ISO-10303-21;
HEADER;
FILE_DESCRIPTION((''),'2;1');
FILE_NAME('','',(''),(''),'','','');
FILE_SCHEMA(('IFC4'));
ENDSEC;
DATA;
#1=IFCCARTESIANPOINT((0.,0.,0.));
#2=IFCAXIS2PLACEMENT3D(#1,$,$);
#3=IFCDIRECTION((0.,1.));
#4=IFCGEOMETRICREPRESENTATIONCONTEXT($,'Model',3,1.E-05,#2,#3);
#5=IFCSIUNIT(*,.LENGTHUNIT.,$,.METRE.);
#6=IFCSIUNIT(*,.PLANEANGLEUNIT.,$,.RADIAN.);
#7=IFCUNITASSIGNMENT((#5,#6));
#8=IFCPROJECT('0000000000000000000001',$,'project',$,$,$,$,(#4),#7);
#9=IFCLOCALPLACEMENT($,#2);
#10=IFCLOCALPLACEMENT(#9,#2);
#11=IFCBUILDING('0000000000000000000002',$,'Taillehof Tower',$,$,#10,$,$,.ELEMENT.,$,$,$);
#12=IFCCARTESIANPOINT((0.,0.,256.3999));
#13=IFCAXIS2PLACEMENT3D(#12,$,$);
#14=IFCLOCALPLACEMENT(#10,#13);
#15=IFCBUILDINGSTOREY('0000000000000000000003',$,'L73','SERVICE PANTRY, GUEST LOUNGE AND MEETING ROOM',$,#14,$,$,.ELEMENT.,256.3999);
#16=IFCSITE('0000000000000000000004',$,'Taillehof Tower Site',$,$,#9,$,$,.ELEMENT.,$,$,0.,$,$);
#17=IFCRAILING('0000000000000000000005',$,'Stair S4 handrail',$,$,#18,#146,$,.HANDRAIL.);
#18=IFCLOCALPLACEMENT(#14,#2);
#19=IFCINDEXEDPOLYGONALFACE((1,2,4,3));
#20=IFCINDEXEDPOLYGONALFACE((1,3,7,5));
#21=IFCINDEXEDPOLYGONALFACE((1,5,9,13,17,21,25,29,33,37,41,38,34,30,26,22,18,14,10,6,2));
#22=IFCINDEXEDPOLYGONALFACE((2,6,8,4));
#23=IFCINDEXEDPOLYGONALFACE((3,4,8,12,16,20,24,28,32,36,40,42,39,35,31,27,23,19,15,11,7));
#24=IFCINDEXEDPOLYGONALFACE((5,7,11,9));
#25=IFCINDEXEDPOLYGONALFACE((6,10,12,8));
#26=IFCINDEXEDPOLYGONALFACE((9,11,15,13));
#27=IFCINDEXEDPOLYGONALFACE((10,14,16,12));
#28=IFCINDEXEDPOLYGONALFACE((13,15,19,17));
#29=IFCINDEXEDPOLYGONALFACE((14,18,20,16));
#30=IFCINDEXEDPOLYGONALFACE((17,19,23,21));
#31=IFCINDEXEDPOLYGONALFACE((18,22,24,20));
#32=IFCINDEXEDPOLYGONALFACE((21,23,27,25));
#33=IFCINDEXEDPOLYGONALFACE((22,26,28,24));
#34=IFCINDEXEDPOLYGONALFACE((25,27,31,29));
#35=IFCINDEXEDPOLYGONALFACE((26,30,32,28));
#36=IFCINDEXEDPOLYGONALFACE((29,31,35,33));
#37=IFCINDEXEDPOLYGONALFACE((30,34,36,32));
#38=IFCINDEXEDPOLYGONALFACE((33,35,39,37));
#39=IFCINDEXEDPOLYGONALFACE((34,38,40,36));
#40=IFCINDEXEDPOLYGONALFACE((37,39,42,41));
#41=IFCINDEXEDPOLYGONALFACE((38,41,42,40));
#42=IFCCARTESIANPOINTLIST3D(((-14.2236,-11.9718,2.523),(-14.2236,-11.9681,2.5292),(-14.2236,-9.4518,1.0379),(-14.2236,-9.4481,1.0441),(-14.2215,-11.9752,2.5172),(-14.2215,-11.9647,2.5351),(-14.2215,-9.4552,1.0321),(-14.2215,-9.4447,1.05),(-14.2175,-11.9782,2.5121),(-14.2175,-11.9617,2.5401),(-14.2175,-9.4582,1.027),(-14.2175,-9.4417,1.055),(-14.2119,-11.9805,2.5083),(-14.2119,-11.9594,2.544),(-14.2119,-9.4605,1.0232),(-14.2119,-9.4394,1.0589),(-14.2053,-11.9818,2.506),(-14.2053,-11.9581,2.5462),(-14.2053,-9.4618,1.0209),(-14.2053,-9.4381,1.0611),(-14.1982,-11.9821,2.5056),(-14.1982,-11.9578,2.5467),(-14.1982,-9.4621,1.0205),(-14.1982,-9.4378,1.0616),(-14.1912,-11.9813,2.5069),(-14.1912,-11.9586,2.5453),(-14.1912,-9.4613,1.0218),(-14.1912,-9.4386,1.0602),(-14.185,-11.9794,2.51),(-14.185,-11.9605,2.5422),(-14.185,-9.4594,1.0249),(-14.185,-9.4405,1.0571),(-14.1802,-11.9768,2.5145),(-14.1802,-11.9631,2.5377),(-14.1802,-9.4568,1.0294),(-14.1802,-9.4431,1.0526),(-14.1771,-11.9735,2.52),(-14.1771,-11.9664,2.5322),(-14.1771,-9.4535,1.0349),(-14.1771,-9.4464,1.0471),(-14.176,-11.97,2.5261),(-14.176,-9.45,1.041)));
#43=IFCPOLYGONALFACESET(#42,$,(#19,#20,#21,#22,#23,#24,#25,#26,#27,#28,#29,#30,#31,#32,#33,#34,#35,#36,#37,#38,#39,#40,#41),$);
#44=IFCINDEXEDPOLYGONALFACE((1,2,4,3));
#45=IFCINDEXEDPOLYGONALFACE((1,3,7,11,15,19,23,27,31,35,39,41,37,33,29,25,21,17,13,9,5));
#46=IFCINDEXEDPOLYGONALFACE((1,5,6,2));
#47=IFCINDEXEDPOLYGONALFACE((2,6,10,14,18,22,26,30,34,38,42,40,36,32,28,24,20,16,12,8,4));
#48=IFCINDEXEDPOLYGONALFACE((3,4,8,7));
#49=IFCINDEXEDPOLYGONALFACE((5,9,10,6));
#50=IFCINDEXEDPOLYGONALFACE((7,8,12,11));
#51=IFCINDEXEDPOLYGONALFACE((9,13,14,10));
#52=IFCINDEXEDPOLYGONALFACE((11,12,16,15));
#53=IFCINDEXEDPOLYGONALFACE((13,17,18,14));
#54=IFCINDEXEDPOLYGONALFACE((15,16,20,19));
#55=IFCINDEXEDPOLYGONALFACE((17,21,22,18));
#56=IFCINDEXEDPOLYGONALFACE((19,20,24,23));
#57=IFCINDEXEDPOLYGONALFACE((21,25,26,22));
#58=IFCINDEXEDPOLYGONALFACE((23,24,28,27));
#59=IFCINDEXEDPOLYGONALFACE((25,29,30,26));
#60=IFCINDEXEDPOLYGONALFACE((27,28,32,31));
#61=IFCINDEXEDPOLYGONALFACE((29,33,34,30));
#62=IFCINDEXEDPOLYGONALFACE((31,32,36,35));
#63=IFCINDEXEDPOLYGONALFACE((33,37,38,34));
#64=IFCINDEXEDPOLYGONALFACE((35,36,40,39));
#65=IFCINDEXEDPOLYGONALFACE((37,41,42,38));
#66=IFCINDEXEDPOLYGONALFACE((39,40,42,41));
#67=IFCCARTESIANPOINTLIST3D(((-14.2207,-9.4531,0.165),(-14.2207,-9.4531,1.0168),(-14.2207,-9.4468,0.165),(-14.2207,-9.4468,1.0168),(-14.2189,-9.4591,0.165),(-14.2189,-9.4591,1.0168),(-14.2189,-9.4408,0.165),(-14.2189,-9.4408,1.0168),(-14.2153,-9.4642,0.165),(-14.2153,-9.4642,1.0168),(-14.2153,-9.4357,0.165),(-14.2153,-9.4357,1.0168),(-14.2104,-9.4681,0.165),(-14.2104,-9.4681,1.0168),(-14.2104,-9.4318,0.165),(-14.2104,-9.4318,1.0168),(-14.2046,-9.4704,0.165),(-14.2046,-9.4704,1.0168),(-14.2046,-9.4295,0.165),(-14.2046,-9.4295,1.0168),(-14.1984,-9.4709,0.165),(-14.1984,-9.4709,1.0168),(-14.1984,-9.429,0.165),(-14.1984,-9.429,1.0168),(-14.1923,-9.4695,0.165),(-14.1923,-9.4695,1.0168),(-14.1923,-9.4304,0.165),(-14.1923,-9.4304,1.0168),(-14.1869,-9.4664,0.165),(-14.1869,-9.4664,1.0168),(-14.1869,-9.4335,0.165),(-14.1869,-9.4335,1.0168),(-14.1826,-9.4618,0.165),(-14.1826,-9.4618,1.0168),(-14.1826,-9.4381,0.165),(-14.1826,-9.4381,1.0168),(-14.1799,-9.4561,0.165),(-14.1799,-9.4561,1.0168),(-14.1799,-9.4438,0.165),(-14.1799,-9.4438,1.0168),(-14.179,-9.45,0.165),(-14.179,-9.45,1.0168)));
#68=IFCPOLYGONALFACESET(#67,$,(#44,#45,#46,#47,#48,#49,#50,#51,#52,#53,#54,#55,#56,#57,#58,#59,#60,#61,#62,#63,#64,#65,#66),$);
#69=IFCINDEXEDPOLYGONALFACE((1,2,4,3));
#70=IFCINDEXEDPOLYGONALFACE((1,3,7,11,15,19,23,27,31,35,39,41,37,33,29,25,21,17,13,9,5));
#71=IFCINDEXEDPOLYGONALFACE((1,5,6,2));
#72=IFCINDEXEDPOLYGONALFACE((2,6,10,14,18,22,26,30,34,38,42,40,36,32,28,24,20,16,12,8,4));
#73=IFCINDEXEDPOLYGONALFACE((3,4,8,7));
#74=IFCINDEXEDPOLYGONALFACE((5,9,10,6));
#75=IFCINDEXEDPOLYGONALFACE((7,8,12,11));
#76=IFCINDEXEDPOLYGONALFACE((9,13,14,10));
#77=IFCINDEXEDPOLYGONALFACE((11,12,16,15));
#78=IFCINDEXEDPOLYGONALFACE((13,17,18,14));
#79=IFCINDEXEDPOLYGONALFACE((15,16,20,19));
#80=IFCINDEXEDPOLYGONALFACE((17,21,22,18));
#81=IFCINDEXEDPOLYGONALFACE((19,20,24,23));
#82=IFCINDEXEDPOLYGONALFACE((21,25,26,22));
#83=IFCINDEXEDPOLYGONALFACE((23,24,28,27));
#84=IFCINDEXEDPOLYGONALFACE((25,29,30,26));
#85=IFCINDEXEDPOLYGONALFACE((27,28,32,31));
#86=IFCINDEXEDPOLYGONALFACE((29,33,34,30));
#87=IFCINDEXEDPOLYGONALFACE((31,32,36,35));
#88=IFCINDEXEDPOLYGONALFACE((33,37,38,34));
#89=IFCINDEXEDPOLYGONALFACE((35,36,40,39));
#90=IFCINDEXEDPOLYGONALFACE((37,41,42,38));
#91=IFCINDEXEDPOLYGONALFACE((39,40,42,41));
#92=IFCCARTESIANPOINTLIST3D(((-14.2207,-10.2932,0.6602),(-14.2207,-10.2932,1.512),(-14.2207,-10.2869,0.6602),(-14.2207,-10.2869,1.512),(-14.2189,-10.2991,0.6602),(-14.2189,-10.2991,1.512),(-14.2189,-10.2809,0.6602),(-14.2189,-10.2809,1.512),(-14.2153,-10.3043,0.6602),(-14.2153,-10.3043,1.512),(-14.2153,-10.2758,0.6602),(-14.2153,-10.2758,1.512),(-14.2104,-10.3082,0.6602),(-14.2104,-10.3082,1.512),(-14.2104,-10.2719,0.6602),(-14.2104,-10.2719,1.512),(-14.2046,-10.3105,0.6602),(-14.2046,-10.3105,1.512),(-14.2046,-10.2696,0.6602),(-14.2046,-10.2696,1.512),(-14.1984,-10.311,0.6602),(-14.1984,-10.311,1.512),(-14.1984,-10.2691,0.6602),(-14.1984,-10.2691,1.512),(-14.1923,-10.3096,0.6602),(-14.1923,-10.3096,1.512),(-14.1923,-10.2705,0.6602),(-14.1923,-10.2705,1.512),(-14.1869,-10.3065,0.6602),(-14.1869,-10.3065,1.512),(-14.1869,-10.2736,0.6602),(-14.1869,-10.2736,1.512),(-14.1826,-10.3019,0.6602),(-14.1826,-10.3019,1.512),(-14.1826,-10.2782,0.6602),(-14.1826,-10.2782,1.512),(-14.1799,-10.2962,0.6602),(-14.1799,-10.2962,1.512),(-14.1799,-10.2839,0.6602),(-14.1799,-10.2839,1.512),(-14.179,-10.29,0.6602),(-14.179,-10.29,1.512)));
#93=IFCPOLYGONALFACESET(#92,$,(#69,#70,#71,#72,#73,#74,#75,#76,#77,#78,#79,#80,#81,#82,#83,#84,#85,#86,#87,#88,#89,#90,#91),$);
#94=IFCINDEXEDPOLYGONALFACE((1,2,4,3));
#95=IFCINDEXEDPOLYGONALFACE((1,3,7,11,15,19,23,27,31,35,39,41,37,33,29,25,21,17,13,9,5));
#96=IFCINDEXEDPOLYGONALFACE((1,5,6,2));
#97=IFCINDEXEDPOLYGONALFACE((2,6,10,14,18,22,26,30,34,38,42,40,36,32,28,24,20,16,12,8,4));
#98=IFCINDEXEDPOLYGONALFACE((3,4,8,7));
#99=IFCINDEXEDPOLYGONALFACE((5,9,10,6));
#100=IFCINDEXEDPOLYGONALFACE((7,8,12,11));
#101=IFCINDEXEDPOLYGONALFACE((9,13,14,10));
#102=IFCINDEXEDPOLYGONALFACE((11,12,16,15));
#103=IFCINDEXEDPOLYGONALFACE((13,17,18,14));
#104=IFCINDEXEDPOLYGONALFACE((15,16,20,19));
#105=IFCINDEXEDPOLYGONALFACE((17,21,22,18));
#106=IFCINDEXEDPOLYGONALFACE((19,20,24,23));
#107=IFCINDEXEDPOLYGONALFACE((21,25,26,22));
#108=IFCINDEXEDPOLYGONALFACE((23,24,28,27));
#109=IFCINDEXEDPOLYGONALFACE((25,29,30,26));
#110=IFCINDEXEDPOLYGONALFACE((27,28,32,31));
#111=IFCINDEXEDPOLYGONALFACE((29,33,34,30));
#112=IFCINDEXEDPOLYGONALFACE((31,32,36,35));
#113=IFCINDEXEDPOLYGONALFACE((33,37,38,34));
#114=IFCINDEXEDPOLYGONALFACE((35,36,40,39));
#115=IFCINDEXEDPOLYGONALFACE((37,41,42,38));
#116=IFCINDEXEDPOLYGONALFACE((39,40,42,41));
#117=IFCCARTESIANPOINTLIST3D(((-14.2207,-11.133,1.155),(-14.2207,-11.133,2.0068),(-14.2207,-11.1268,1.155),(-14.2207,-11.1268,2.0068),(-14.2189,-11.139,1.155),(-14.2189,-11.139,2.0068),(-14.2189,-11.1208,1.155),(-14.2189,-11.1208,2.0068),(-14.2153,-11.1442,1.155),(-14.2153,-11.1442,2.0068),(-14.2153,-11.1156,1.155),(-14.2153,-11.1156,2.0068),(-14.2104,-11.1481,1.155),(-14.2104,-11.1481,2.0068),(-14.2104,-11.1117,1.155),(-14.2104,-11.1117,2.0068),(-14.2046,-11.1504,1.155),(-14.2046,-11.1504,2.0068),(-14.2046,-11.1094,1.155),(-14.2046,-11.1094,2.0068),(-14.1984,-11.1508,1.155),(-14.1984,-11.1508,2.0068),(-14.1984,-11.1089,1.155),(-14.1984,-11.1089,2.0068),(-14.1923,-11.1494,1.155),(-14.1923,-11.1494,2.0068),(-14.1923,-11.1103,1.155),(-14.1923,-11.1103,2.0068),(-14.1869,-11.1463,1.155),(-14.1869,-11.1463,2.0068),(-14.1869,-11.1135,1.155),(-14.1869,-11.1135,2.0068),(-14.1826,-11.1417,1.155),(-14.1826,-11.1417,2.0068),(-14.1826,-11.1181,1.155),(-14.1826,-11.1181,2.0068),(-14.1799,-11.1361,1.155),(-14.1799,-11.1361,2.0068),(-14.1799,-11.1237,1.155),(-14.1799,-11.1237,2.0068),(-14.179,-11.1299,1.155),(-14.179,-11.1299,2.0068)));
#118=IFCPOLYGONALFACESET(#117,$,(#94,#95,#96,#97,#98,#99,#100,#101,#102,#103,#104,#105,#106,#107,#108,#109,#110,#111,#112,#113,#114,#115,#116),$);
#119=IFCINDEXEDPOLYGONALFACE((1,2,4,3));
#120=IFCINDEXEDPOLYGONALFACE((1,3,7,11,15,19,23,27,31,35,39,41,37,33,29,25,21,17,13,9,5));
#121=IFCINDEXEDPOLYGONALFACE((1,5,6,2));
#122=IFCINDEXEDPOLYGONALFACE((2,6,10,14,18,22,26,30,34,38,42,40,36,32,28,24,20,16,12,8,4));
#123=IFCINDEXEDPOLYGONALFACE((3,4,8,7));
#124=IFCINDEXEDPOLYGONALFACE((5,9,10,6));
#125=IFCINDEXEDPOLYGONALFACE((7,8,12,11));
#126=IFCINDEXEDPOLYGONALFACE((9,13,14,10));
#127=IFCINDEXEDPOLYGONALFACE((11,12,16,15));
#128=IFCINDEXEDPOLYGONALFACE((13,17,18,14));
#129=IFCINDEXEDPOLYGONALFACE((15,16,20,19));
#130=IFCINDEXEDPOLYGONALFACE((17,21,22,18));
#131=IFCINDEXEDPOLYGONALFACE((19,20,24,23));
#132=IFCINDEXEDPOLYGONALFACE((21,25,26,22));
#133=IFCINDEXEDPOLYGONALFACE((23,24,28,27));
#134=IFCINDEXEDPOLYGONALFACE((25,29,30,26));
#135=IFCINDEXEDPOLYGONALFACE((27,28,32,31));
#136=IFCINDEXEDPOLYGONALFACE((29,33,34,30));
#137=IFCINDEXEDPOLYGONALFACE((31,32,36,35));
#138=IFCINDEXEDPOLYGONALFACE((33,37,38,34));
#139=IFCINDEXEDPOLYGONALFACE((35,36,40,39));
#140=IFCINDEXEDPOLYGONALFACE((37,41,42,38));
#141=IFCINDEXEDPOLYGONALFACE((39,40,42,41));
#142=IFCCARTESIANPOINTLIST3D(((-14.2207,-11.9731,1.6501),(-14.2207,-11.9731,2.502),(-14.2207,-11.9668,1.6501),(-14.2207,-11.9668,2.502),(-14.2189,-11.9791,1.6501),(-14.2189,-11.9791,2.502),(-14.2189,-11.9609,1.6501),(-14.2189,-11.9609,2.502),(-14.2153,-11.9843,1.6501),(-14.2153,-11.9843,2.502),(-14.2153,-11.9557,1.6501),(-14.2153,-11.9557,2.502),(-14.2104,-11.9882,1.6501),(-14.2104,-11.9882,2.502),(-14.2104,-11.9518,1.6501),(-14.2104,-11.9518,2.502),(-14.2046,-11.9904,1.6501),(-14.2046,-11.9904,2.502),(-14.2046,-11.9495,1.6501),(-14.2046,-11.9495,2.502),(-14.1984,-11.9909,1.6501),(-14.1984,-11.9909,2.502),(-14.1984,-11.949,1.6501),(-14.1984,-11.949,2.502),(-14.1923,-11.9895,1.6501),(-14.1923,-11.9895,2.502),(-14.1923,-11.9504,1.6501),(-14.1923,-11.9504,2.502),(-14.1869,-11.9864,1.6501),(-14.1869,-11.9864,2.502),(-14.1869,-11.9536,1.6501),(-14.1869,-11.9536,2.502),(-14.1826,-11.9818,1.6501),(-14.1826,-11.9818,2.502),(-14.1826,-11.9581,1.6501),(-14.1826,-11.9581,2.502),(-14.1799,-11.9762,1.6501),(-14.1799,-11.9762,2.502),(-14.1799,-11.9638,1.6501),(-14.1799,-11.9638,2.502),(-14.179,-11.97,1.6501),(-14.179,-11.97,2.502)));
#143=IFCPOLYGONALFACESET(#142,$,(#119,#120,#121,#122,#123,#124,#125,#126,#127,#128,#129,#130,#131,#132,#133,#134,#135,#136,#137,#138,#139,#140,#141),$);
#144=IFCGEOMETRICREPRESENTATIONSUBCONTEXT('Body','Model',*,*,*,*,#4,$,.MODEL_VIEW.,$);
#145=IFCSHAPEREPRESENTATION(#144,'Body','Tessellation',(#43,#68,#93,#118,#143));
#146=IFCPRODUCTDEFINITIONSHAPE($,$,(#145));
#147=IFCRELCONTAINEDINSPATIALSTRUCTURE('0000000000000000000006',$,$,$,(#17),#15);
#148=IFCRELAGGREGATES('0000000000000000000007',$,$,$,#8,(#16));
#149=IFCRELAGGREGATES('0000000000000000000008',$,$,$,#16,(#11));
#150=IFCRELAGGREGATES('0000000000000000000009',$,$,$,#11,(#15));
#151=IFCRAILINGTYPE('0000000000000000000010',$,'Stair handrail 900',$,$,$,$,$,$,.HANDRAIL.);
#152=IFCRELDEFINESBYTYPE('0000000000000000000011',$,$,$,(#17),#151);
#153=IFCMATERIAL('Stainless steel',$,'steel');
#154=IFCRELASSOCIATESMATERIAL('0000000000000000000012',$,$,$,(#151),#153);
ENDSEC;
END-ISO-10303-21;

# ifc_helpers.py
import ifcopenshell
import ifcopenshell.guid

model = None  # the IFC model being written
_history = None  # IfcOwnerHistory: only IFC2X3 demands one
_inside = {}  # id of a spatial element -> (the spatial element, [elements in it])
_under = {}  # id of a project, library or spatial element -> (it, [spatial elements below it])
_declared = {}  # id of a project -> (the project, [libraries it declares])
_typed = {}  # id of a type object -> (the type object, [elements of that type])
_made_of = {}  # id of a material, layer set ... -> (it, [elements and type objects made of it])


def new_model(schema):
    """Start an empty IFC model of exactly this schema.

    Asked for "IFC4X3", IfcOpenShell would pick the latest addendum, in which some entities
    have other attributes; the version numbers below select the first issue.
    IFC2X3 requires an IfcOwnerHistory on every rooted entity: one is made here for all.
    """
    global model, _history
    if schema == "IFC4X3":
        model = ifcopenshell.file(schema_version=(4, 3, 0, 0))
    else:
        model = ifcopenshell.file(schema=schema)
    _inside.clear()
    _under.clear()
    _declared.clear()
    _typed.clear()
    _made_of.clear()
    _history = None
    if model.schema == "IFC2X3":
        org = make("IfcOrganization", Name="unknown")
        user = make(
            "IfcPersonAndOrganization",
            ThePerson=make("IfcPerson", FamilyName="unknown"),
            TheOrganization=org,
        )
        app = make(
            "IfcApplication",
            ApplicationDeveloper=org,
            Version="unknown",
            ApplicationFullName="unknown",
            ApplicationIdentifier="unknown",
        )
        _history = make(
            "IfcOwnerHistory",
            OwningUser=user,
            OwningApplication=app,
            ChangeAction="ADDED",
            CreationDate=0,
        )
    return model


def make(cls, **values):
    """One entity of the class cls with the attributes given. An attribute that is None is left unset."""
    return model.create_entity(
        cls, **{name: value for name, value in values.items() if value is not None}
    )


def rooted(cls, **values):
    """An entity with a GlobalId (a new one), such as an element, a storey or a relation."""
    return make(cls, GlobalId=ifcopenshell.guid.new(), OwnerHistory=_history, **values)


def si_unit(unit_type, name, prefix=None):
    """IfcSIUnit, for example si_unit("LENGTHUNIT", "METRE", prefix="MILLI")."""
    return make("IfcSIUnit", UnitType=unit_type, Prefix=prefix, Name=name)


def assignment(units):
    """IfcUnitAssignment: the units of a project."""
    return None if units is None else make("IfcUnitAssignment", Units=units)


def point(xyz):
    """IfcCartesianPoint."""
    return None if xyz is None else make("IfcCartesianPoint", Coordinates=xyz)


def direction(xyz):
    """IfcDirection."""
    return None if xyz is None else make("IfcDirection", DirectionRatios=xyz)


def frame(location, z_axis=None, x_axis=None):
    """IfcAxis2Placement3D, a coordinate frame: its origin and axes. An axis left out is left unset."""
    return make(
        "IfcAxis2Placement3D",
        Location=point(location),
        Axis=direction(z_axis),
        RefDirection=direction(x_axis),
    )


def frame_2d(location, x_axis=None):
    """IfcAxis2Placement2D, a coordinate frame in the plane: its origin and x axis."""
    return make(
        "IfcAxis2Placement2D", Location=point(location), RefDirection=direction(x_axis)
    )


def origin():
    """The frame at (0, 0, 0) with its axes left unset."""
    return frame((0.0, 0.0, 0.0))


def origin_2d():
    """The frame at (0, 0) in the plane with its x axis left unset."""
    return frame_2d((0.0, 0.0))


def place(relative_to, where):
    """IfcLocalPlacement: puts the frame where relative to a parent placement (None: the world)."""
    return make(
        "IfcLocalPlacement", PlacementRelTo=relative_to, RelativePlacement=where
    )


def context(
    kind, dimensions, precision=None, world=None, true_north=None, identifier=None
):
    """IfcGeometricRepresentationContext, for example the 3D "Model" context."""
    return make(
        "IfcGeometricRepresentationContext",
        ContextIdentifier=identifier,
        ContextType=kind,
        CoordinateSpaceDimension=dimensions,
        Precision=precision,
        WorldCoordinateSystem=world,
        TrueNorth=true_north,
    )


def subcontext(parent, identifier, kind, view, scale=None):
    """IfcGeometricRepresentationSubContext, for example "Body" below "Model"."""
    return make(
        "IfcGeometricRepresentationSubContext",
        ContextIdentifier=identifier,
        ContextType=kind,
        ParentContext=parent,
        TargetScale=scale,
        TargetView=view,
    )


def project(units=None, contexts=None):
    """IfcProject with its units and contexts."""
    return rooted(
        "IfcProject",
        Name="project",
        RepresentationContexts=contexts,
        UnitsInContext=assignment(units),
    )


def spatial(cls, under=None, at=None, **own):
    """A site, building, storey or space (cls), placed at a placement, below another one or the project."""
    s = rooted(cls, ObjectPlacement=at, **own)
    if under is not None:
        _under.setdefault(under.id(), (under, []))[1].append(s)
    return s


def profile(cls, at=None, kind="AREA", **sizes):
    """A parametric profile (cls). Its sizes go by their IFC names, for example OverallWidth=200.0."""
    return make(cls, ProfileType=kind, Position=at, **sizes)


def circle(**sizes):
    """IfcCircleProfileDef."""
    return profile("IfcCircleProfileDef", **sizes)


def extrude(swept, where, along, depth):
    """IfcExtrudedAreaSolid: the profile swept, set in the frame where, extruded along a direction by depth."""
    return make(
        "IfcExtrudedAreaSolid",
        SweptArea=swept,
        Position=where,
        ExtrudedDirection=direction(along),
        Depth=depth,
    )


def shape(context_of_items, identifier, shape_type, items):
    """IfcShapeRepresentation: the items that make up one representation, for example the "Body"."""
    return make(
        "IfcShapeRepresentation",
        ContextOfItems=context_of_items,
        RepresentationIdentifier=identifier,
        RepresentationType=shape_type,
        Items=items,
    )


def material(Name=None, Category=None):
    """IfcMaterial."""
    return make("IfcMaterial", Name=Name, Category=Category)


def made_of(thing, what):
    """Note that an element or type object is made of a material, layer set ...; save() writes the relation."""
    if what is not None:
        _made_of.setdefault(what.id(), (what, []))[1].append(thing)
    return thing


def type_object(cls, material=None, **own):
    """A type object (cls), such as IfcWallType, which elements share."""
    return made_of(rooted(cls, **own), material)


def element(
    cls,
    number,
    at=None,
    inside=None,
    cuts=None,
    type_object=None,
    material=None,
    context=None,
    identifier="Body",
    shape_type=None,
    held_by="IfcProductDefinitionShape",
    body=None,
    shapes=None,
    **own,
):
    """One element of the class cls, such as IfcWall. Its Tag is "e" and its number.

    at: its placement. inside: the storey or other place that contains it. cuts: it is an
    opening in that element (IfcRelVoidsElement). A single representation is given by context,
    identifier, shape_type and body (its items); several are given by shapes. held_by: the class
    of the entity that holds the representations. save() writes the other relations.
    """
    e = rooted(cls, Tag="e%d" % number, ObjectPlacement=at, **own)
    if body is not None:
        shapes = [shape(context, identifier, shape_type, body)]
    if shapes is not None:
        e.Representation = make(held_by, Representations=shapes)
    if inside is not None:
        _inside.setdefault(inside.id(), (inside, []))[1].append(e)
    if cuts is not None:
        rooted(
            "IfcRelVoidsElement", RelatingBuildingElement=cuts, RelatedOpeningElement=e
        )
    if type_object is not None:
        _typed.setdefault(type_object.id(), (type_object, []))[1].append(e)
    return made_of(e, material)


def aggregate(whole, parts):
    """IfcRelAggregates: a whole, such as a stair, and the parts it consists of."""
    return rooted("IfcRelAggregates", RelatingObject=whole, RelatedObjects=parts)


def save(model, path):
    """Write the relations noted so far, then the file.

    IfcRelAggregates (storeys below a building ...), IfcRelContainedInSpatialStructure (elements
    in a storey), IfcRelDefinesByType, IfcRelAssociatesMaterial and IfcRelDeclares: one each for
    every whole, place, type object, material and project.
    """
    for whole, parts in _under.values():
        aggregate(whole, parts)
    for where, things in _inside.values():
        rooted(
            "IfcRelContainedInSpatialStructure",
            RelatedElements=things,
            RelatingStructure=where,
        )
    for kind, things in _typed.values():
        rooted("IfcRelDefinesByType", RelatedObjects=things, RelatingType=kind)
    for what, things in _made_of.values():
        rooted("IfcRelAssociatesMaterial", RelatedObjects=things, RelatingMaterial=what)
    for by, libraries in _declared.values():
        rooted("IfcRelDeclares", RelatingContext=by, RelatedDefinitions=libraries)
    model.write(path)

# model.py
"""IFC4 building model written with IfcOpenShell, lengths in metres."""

from ifc_helpers import new_model, si_unit, direction, frame, origin, origin_2d, place, context, subcontext, project, spatial, circle, extrude, material, type_object, element, save


model = new_model("IFC4")

# Units and contexts
model_context = context("Model", 3, precision=1e-05, world=origin(), true_north=direction((0.0, 1.0)))
body_context = subcontext(model_context, "Body", "Model", "MODEL_VIEW")
ifc_project = project(units=[si_unit("LENGTHUNIT", "METRE"), si_unit("PLANEANGLEUNIT", "RADIAN")], contexts=[model_context])

# Site, building, storey
site_placement = place(None, origin())
site = spatial("IfcSite", under=ifc_project, at=site_placement, Name="Taillehof Tower Site", CompositionType="ELEMENT", RefElevation=0.0)
building_placement = place(site_placement, origin())
building = spatial("IfcBuilding", under=site, at=building_placement, Name="Taillehof Tower", CompositionType="ELEMENT")
storey_placement = place(building_placement, frame((0.0, 0.0, 256.3999)))
storey = spatial("IfcBuildingStorey", under=building, at=storey_placement, Name="L73", Description="SERVICE PANTRY, GUEST LOUNGE AND MEETING ROOM", CompositionType="ELEMENT", Elevation=256.3999)

# Railing
ifc_material_1 = material(Name="Stainless steel", Category="steel")
railing_type_1 = type_object("IfcRailingType", Name="Stair handrail 900", PredefinedType="HANDRAIL", material=ifc_material_1)
railing_1_placement = place(storey_placement, frame((-14.2, -9.45, 0.165)))
element("IfcRailing", 1, at=railing_1_placement, inside=storey, type_object=railing_type_1, Name="Stair S4 handrail", PredefinedType="HANDRAIL", context=body_context, shape_type="SweptSolid", body=[
    extrude(circle(Radius=0.0239, at=origin_2d()), frame((0.0, 0.0, 0.876), z_axis=(0.0, -0.861524, 0.507717), x_axis=(1.0, 0.0, 0.0)), (0.0, 0.0, 1.0), 2.925),
    extrude(circle(Radius=0.021, at=origin_2d()), origin(), (0.0, 0.0, 1.0), 0.8518),
    extrude(circle(Radius=0.021, at=origin_2d()), frame((0.0, -0.8401, 0.4951)), (0.0, 0.0, 1.0), 0.8518),
    extrude(circle(Radius=0.021, at=origin_2d()), frame((0.0, -1.6799, 0.99)), (0.0, 0.0, 1.0), 0.8518),
    extrude(circle(Radius=0.021, at=origin_2d()), frame((0.0, -2.52, 1.4851)), (0.0, 0.0, 1.0), 0.8518),
])

save(model, "model.ifc")
